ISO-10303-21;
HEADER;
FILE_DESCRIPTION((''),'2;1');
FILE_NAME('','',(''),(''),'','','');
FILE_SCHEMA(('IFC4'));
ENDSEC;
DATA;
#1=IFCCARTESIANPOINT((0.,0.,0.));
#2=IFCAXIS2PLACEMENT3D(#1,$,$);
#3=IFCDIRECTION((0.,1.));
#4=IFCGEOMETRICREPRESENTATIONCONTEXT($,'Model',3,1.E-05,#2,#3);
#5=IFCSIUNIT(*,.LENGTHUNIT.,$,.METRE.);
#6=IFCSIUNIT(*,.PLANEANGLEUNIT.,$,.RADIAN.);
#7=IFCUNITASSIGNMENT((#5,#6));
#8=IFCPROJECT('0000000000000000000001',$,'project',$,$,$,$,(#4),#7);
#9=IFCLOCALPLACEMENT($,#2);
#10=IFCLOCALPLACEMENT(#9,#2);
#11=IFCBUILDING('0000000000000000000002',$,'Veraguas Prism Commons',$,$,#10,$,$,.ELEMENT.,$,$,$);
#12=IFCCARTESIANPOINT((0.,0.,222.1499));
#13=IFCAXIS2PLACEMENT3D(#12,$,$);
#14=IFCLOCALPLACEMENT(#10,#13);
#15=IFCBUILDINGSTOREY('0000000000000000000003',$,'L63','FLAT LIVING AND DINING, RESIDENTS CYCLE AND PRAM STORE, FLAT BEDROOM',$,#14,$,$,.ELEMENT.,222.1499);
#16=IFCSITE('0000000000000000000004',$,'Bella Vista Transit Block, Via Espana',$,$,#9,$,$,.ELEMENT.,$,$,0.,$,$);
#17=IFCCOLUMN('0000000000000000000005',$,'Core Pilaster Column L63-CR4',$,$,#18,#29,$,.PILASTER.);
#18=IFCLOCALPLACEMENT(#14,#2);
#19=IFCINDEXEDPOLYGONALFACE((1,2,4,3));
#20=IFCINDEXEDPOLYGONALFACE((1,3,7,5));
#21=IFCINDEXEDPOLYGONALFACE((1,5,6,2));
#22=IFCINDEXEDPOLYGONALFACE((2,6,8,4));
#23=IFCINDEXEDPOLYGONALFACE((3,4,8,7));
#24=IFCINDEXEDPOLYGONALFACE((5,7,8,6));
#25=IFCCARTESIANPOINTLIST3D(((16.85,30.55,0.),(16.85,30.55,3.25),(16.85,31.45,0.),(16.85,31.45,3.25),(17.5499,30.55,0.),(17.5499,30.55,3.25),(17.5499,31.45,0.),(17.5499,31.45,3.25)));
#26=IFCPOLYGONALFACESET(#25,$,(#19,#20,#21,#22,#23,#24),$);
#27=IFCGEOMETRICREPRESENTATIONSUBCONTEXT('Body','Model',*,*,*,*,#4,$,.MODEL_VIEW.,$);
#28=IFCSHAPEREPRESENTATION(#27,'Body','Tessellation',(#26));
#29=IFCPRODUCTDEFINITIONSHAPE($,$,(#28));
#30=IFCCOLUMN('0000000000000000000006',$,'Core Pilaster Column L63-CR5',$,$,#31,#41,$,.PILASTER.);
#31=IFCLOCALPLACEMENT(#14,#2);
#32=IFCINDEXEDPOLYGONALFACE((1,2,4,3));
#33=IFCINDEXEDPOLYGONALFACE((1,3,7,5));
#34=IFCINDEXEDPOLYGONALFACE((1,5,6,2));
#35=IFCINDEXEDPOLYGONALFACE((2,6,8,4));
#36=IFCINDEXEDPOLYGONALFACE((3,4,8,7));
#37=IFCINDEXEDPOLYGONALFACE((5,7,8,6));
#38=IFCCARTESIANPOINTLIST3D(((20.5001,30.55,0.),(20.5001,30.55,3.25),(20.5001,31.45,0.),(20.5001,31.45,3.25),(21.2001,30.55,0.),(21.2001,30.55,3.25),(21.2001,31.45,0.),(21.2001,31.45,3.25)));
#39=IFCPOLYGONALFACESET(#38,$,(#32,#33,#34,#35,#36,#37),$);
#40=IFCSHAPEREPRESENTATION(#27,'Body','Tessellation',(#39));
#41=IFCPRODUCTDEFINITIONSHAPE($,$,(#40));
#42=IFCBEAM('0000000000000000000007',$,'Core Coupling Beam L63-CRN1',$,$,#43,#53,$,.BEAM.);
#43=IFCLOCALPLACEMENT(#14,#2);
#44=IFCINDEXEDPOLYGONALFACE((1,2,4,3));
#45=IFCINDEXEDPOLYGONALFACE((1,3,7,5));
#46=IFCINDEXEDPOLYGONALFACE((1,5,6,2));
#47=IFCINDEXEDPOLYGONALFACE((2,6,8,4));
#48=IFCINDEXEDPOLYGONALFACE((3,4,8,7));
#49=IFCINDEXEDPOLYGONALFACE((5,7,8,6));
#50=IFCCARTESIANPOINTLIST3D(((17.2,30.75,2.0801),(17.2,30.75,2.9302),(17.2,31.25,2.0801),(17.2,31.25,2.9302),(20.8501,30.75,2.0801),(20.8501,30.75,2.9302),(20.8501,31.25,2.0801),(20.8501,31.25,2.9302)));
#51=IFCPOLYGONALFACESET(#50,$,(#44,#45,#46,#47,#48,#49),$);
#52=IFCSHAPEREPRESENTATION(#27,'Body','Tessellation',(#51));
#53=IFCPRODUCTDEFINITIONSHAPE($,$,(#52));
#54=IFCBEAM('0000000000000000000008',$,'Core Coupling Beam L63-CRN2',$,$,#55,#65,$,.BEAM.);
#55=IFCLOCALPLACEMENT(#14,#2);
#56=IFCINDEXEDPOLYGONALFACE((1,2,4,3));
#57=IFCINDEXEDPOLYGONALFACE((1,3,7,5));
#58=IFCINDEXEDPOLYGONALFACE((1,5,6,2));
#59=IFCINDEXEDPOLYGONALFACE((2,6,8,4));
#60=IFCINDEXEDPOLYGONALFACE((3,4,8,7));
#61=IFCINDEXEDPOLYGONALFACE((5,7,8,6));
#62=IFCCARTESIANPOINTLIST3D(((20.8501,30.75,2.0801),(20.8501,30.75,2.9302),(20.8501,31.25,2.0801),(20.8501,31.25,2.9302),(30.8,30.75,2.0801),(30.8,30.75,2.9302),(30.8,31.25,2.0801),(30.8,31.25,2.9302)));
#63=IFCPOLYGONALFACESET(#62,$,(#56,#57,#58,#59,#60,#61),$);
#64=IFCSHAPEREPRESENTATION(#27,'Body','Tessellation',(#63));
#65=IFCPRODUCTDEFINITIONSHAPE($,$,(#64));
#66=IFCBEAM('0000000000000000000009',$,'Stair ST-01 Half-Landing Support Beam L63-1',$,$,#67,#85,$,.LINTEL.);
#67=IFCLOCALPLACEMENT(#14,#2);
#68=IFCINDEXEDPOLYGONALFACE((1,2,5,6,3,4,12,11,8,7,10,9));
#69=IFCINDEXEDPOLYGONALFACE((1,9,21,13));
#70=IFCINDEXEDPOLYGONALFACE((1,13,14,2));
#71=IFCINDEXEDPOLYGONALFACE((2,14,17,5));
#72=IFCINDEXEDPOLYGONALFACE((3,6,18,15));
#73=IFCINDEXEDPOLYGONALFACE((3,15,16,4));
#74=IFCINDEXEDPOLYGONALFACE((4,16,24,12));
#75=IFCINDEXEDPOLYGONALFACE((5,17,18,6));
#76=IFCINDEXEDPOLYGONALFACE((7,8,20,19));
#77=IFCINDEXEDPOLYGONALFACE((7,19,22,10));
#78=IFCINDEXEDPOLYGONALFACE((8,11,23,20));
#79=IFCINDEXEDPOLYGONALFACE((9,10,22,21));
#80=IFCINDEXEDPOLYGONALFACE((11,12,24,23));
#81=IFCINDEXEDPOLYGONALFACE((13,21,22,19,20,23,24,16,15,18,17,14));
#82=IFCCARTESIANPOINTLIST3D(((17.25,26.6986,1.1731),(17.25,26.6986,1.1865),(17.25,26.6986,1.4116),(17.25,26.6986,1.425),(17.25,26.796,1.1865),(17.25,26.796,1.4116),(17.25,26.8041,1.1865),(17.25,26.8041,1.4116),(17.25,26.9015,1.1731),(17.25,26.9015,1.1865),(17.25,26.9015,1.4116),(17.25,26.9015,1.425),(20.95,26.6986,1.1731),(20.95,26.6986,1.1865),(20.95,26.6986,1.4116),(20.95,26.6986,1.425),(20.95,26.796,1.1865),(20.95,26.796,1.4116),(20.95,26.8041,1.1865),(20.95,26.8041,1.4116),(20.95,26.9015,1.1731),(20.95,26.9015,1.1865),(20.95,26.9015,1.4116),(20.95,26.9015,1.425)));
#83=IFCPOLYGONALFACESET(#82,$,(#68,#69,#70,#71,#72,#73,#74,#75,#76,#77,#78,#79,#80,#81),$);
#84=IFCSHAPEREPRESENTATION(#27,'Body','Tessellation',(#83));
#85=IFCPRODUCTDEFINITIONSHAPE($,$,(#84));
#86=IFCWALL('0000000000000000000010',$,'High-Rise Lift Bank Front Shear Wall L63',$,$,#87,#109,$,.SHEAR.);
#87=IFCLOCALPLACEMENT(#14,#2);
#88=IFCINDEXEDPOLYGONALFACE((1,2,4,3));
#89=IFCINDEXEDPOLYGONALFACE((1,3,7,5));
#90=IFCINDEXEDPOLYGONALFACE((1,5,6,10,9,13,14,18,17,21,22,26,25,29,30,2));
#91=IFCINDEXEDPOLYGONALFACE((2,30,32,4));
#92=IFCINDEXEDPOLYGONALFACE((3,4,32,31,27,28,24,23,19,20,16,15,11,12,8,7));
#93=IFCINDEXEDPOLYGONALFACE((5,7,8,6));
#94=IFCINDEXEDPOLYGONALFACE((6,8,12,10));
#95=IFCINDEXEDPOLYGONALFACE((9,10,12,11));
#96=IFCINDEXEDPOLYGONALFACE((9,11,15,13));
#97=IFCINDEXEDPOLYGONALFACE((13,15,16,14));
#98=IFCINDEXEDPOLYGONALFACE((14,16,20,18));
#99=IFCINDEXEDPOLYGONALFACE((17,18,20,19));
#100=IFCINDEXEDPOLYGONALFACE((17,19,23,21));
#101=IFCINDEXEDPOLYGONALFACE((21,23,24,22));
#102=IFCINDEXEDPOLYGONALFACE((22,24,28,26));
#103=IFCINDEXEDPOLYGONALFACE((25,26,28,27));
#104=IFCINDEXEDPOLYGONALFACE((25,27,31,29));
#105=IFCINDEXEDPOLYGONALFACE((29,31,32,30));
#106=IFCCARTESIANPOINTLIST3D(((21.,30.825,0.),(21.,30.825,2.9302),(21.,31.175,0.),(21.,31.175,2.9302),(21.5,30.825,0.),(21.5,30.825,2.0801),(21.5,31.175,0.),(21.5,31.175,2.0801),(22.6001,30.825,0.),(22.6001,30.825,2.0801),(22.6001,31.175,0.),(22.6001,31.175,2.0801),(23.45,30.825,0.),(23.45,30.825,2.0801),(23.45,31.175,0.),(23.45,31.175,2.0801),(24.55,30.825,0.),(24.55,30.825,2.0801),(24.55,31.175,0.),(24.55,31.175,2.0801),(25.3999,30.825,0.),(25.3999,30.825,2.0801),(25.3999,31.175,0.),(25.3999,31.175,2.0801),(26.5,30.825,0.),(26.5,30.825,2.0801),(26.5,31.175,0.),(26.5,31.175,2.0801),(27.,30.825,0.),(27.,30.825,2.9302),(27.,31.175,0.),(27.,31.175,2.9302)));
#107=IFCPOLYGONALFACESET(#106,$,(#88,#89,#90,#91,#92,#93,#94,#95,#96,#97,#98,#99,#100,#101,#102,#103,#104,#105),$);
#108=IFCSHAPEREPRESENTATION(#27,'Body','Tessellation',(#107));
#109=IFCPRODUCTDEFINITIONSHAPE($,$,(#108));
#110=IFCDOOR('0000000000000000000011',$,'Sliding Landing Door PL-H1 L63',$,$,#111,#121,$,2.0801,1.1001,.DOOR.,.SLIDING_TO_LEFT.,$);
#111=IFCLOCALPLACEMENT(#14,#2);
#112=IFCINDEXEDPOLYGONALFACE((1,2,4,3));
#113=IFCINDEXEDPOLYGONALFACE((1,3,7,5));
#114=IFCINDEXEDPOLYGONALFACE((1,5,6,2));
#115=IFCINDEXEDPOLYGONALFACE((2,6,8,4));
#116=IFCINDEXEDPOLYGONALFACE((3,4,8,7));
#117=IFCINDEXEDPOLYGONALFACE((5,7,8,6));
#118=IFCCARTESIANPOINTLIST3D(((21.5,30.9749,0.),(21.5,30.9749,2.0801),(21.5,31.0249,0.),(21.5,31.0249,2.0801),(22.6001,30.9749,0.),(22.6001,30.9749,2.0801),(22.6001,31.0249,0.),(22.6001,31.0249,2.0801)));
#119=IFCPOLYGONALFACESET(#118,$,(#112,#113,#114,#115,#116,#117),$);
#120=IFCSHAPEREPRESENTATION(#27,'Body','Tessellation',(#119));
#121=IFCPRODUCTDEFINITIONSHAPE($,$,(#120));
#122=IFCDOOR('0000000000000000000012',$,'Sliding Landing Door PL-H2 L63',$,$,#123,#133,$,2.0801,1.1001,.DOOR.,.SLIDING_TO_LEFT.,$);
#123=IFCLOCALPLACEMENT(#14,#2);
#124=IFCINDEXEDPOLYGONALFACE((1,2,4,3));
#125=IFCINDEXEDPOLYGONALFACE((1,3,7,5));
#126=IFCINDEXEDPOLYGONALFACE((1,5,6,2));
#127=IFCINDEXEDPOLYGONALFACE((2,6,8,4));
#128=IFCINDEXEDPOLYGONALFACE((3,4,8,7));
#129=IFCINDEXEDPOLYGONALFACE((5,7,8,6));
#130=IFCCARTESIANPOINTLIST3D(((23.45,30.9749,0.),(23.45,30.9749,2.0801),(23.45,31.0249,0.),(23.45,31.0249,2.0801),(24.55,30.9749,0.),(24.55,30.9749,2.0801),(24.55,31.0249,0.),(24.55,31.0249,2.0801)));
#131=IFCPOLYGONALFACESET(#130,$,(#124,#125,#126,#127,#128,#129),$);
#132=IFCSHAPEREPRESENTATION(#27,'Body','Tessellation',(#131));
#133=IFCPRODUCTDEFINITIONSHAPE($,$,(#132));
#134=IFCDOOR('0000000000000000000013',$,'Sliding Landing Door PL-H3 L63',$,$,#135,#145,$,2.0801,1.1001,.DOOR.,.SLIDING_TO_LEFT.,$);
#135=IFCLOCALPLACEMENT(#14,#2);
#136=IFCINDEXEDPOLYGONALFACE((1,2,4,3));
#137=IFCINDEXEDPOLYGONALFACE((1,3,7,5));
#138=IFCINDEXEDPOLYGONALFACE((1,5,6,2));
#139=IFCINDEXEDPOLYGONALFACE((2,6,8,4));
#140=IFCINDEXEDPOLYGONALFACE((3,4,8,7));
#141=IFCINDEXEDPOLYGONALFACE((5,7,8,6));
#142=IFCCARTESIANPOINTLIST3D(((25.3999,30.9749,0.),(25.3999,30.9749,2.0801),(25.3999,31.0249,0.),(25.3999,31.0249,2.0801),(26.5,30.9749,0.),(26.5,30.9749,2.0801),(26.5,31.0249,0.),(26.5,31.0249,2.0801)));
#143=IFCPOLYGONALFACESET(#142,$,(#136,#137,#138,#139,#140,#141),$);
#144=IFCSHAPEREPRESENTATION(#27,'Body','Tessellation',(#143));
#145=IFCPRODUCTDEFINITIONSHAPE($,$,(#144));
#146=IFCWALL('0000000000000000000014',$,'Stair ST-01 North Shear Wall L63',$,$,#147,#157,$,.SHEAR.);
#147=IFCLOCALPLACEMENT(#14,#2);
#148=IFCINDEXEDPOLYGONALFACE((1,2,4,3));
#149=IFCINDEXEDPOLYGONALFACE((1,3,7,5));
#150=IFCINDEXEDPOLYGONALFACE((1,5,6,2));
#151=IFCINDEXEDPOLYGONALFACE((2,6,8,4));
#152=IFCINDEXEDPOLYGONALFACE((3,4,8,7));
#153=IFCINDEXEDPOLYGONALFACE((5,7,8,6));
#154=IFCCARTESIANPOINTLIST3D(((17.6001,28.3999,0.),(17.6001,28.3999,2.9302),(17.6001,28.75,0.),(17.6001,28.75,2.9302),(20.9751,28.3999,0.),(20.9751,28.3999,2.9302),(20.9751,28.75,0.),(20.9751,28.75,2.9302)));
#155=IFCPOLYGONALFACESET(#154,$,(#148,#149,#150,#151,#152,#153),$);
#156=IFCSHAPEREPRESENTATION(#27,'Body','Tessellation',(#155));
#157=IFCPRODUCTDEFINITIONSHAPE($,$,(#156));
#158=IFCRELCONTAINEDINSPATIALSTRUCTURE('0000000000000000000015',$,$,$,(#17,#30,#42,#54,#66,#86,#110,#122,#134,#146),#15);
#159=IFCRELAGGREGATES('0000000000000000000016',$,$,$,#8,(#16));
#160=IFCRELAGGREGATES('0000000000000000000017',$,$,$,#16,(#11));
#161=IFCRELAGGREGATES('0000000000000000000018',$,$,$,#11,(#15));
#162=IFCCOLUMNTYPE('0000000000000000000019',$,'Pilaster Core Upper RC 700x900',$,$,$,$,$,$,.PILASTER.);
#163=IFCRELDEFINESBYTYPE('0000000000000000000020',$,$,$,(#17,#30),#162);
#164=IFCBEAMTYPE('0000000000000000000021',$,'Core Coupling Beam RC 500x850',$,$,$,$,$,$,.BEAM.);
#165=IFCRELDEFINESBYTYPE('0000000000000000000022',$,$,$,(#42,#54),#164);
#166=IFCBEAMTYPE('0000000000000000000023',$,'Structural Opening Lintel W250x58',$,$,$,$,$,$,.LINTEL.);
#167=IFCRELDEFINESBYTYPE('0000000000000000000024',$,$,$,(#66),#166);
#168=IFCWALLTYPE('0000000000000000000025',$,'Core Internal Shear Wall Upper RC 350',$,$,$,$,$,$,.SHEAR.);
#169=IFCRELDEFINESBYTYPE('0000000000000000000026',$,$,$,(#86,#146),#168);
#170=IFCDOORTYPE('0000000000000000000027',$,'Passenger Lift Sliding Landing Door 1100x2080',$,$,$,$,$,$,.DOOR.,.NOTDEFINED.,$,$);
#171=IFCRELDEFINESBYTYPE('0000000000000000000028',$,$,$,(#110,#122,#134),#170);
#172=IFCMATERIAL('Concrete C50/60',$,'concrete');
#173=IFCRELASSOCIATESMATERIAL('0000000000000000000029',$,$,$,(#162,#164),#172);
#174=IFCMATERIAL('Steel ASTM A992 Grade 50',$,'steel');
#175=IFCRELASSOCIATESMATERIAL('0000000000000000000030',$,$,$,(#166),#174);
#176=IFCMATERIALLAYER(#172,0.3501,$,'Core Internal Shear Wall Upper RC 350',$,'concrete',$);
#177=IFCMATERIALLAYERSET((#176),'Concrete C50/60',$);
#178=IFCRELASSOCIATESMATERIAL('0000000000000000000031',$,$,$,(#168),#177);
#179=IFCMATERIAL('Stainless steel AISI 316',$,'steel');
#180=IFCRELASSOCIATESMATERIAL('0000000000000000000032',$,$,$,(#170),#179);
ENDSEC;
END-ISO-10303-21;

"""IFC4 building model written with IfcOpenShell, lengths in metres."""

from ifc_helpers import new_model, si_unit, direction, frame, frame_2d, origin, origin_2d, place, context, subcontext, project, spatial, rectangle, i_section, extrude, source, transform, mapped, material, layer, layer_set, material_profile, profile_set, type_object, element, fill, save


model = new_model("IFC4")

# Units and contexts
model_context = context("Model", 3, precision=1e-05, world=origin(), true_north=direction((0.0, 1.0)))
body_context = subcontext(model_context, "Body", "Model", "MODEL_VIEW")
ifc_project = project(units=[si_unit("LENGTHUNIT", "METRE"), si_unit("PLANEANGLEUNIT", "RADIAN")], contexts=[model_context])

# Site, building, storey
site_placement = place(None, origin())
site = spatial("IfcSite", under=ifc_project, at=site_placement, Name="Bella Vista Transit Block, Via Espana", CompositionType="ELEMENT", RefElevation=0.0)
building_placement = place(site_placement, origin())
building = spatial("IfcBuilding", under=site, at=building_placement, Name="Veraguas Prism Commons", CompositionType="ELEMENT")
storey_placement = place(building_placement, frame((0.0, 0.0, 222.1499)))
storey = spatial("IfcBuildingStorey", under=building, at=storey_placement, Name="L63", Description="FLAT LIVING AND DINING, RESIDENTS CYCLE AND PRAM STORE, FLAT BEDROOM", CompositionType="ELEMENT", Elevation=222.1499)

# Columns
ifc_material_1 = material(Name="Concrete C50/60", Category="concrete")
ifc_material_profile_1 = material_profile(ifc_material_1, rectangle(XDim=0.7, YDim=0.8999, at=origin_2d()), Name="RC700X900")
ifc_profile_set_1 = profile_set([ifc_material_profile_1], Name="Concrete C50/60")
column_type = type_object("IfcColumnType", Name="Pilaster Core Upper RC 700x900", PredefinedType="PILASTER", material=ifc_profile_set_1)
for number, where, z_axis, x_axis, name in (
    (1, (17.2, 31.0, 0.0), (0.0, 0.0, 1.0), (1.0, 0.0, 0.0), "Core Pilaster Column L63-CR4"),
    (2, (20.8501, 31.0, 0.0), (0.0, 0.0, 1.0), (1.0, 0.0, 0.0), "Core Pilaster Column L63-CR5"),
):
    element("IfcColumn", number, at=place(storey_placement, frame(where, z_axis=z_axis, x_axis=x_axis)), inside=storey, type_object=column_type, Name=name, PredefinedType="PILASTER", context=body_context, shape_type="SweptSolid", body=[
        extrude(rectangle(XDim=0.7, YDim=0.8999, at=origin_2d()), origin(), (0.0, 0.0, 1.0), 3.25),
    ])

# Beams
ifc_material_profile_2 = material_profile(ifc_material_1, rectangle(XDim=0.5, YDim=0.8501, at=origin_2d()), Name="RC500X850")
ifc_profile_set_2 = profile_set([ifc_material_profile_2], Name="Concrete C50/60")
beam_type_1 = type_object("IfcBeamType", Name="Core Coupling Beam RC 500x850", PredefinedType="BEAM", material=ifc_profile_set_2)
beam_1_placement = place(storey_placement, frame((17.2, 31.0, 2.5051), z_axis=(1.0, 0.0, 0.0), x_axis=(0.0, 1.0, 0.0)))
element("IfcBeam", 3, at=beam_1_placement, inside=storey, type_object=beam_type_1, Name="Core Coupling Beam L63-CRN1", PredefinedType="BEAM", context=body_context, shape_type="SweptSolid", body=[
    extrude(rectangle(XDim=0.5, YDim=0.8501, at=origin_2d()), origin(), (0.0, 0.0, 1.0), 3.6501),
])
beam_2_placement = place(storey_placement, frame((20.8501, 31.0, 2.5051), z_axis=(1.0, 0.0, 0.0), x_axis=(0.0, 1.0, 0.0)))
element("IfcBeam", 4, at=beam_2_placement, inside=storey, type_object=beam_type_1, Name="Core Coupling Beam L63-CRN2", PredefinedType="BEAM", context=body_context, shape_type="SweptSolid", body=[
    extrude(rectangle(XDim=0.5, YDim=0.8501, at=origin_2d()), origin(), (0.0, 0.0, 1.0), 9.95),
])
ifc_material_2 = material(Name="Steel ASTM A992 Grade 50", Category="steel")
ifc_material_profile_3 = material_profile(ifc_material_2, i_section(OverallWidth=0.2029, OverallDepth=0.252, WebThickness=0.0081, FlangeThickness=0.0134, at=origin_2d()), Name="W250X58")
ifc_profile_set_3 = profile_set([ifc_material_profile_3], Name="Steel ASTM A992 Grade 50")
beam_type_2 = type_object("IfcBeamType", Name="Structural Opening Lintel W250x58", PredefinedType="LINTEL", material=ifc_profile_set_3)
beam_3_placement = place(storey_placement, frame((17.25, 26.8, 1.2991), z_axis=(1.0, 0.0, 0.0), x_axis=(0.0, 1.0, 0.0)))
element("IfcBeam", 5, at=beam_3_placement, inside=storey, type_object=beam_type_2, Name="Stair ST-01 Half-Landing Support Beam L63-1", PredefinedType="LINTEL", context=body_context, shape_type="SweptSolid", body=[
    extrude(i_section(OverallWidth=0.2029, OverallDepth=0.252, WebThickness=0.0081, FlangeThickness=0.0134, at=origin_2d()), origin(), (0.0, 0.0, 1.0), 3.7),
])

# Wall, openings, doors
ifc_layer_1 = layer(ifc_material_1, 0.3501, Name="Core Internal Shear Wall Upper RC 350", Category="concrete")
ifc_layer_set_1 = layer_set([ifc_layer_1], Name="Concrete C50/60")
wall_type_1 = type_object("IfcWallType", Name="Core Internal Shear Wall Upper RC 350", PredefinedType="SHEAR", material=ifc_layer_set_1)
wall_1_placement = place(storey_placement, frame((21.0, 31.0, 0.0), z_axis=(0.0, 0.0, 1.0), x_axis=(1.0, 0.0, 0.0)))
wall_1 = element("IfcWall", 6, at=wall_1_placement, inside=storey, type_object=wall_type_1, Name="High-Rise Lift Bank Front Shear Wall L63", PredefinedType="SHEAR", context=body_context, shape_type="SweptSolid", body=[
    extrude(rectangle(XDim=6.0, YDim=0.3501, at=frame_2d((3.0, 0.0))), origin(), (0.0, 0.0, 1.0), 2.9302),
])
opening_1_placement = place(wall_1_placement, frame((0.5, 0.0, 0.0)))
opening_1 = element("IfcOpeningElement", 7, at=opening_1_placement, cuts=wall_1, PredefinedType="OPENING", context=body_context, shape_type="SweptSolid", body=[
    extrude(rectangle(XDim=1.1001, YDim=2.0801, at=frame_2d((0.55, 1.04))), frame((0.0, 0.1851, 0.0), z_axis=(0.0, -1.0, 0.0), x_axis=(1.0, 0.0, 0.0)), (0.0, 0.0, 1.0), 0.3701),
])
opening_2_placement = place(wall_1_placement, frame((2.45, 0.0, 0.0)))
opening_2 = element("IfcOpeningElement", 8, at=opening_2_placement, cuts=wall_1, PredefinedType="OPENING", context=body_context, shape_type="SweptSolid", body=[
    extrude(rectangle(XDim=1.1001, YDim=2.0801, at=frame_2d((0.55, 1.04))), frame((0.0, 0.1851, 0.0), z_axis=(0.0, -1.0, 0.0), x_axis=(1.0, 0.0, 0.0)), (0.0, 0.0, 1.0), 0.3701),
])
opening_3_placement = place(wall_1_placement, frame((4.3999, 0.0, 0.0)))
opening_3 = element("IfcOpeningElement", 9, at=opening_3_placement, cuts=wall_1, PredefinedType="OPENING", context=body_context, shape_type="SweptSolid", body=[
    extrude(rectangle(XDim=1.1001, YDim=2.0801, at=frame_2d((0.55, 1.04))), frame((0.0, 0.1851, 0.0), z_axis=(0.0, -1.0, 0.0), x_axis=(1.0, 0.0, 0.0)), (0.0, 0.0, 1.0), 0.3701),
])
ifc_material_3 = material(Name="Stainless steel AISI 316", Category="steel")
door_type_1 = type_object("IfcDoorType", Name="Passenger Lift Sliding Landing Door 1100x2080", OperationType="NOTDEFINED", PredefinedType="DOOR", material=ifc_material_3)
shared_shape_1 = source(origin(), body_context, "Body", "SweptSolid", [
    extrude(rectangle(XDim=1.1001, YDim=2.0801, at=frame_2d((0.55, 1.04))), frame((0.0, 0.0249, 0.0), z_axis=(0.0, -1.0, 0.0), x_axis=(1.0, 0.0, 0.0)), (0.0, 0.0, 1.0), 0.05),
])
door_1_placement = place(opening_1_placement, origin())
door_1 = element("IfcDoor", 10, at=door_1_placement, inside=storey, type_object=door_type_1, Name="Sliding Landing Door PL-H1 L63", OperationType="SLIDING_TO_LEFT", OverallHeight=2.0801, OverallWidth=1.1001, PredefinedType="DOOR", context=body_context, shape_type="MappedRepresentation", body=[
    mapped(shared_shape_1, transform((0.0, 0.0, 0.0), scale=1.0)),
])
fill(opening_1, door_1)
door_2_placement = place(opening_2_placement, origin())
door_2 = element("IfcDoor", 11, at=door_2_placement, inside=storey, type_object=door_type_1, Name="Sliding Landing Door PL-H2 L63", OperationType="SLIDING_TO_LEFT", OverallHeight=2.0801, OverallWidth=1.1001, PredefinedType="DOOR", context=body_context, shape_type="MappedRepresentation", body=[
    mapped(shared_shape_1, transform((0.0, 0.0, 0.0), scale=1.0)),
])
fill(opening_2, door_2)
door_3_placement = place(opening_3_placement, origin())
door_3 = element("IfcDoor", 12, at=door_3_placement, inside=storey, type_object=door_type_1, Name="Sliding Landing Door PL-H3 L63", OperationType="SLIDING_TO_LEFT", OverallHeight=2.0801, OverallWidth=1.1001, PredefinedType="DOOR", context=body_context, shape_type="MappedRepresentation", body=[
    mapped(shared_shape_1, transform((0.0, 0.0, 0.0), scale=1.0)),
])
fill(opening_3, door_3)

# Wall
wall_2_placement = place(storey_placement, frame((17.6001, 28.575, 0.0), z_axis=(0.0, 0.0, 1.0), x_axis=(1.0, 0.0, 0.0)))
element("IfcWall", 13, at=wall_2_placement, inside=storey, type_object=wall_type_1, Name="Stair ST-01 North Shear Wall L63", PredefinedType="SHEAR", context=body_context, shape_type="SweptSolid", body=[
    extrude(rectangle(XDim=3.375, YDim=0.3501, at=frame_2d((1.6875, 0.0))), origin(), (0.0, 0.0, 1.0), 2.9302),
])

save(model, "model.ifc")
